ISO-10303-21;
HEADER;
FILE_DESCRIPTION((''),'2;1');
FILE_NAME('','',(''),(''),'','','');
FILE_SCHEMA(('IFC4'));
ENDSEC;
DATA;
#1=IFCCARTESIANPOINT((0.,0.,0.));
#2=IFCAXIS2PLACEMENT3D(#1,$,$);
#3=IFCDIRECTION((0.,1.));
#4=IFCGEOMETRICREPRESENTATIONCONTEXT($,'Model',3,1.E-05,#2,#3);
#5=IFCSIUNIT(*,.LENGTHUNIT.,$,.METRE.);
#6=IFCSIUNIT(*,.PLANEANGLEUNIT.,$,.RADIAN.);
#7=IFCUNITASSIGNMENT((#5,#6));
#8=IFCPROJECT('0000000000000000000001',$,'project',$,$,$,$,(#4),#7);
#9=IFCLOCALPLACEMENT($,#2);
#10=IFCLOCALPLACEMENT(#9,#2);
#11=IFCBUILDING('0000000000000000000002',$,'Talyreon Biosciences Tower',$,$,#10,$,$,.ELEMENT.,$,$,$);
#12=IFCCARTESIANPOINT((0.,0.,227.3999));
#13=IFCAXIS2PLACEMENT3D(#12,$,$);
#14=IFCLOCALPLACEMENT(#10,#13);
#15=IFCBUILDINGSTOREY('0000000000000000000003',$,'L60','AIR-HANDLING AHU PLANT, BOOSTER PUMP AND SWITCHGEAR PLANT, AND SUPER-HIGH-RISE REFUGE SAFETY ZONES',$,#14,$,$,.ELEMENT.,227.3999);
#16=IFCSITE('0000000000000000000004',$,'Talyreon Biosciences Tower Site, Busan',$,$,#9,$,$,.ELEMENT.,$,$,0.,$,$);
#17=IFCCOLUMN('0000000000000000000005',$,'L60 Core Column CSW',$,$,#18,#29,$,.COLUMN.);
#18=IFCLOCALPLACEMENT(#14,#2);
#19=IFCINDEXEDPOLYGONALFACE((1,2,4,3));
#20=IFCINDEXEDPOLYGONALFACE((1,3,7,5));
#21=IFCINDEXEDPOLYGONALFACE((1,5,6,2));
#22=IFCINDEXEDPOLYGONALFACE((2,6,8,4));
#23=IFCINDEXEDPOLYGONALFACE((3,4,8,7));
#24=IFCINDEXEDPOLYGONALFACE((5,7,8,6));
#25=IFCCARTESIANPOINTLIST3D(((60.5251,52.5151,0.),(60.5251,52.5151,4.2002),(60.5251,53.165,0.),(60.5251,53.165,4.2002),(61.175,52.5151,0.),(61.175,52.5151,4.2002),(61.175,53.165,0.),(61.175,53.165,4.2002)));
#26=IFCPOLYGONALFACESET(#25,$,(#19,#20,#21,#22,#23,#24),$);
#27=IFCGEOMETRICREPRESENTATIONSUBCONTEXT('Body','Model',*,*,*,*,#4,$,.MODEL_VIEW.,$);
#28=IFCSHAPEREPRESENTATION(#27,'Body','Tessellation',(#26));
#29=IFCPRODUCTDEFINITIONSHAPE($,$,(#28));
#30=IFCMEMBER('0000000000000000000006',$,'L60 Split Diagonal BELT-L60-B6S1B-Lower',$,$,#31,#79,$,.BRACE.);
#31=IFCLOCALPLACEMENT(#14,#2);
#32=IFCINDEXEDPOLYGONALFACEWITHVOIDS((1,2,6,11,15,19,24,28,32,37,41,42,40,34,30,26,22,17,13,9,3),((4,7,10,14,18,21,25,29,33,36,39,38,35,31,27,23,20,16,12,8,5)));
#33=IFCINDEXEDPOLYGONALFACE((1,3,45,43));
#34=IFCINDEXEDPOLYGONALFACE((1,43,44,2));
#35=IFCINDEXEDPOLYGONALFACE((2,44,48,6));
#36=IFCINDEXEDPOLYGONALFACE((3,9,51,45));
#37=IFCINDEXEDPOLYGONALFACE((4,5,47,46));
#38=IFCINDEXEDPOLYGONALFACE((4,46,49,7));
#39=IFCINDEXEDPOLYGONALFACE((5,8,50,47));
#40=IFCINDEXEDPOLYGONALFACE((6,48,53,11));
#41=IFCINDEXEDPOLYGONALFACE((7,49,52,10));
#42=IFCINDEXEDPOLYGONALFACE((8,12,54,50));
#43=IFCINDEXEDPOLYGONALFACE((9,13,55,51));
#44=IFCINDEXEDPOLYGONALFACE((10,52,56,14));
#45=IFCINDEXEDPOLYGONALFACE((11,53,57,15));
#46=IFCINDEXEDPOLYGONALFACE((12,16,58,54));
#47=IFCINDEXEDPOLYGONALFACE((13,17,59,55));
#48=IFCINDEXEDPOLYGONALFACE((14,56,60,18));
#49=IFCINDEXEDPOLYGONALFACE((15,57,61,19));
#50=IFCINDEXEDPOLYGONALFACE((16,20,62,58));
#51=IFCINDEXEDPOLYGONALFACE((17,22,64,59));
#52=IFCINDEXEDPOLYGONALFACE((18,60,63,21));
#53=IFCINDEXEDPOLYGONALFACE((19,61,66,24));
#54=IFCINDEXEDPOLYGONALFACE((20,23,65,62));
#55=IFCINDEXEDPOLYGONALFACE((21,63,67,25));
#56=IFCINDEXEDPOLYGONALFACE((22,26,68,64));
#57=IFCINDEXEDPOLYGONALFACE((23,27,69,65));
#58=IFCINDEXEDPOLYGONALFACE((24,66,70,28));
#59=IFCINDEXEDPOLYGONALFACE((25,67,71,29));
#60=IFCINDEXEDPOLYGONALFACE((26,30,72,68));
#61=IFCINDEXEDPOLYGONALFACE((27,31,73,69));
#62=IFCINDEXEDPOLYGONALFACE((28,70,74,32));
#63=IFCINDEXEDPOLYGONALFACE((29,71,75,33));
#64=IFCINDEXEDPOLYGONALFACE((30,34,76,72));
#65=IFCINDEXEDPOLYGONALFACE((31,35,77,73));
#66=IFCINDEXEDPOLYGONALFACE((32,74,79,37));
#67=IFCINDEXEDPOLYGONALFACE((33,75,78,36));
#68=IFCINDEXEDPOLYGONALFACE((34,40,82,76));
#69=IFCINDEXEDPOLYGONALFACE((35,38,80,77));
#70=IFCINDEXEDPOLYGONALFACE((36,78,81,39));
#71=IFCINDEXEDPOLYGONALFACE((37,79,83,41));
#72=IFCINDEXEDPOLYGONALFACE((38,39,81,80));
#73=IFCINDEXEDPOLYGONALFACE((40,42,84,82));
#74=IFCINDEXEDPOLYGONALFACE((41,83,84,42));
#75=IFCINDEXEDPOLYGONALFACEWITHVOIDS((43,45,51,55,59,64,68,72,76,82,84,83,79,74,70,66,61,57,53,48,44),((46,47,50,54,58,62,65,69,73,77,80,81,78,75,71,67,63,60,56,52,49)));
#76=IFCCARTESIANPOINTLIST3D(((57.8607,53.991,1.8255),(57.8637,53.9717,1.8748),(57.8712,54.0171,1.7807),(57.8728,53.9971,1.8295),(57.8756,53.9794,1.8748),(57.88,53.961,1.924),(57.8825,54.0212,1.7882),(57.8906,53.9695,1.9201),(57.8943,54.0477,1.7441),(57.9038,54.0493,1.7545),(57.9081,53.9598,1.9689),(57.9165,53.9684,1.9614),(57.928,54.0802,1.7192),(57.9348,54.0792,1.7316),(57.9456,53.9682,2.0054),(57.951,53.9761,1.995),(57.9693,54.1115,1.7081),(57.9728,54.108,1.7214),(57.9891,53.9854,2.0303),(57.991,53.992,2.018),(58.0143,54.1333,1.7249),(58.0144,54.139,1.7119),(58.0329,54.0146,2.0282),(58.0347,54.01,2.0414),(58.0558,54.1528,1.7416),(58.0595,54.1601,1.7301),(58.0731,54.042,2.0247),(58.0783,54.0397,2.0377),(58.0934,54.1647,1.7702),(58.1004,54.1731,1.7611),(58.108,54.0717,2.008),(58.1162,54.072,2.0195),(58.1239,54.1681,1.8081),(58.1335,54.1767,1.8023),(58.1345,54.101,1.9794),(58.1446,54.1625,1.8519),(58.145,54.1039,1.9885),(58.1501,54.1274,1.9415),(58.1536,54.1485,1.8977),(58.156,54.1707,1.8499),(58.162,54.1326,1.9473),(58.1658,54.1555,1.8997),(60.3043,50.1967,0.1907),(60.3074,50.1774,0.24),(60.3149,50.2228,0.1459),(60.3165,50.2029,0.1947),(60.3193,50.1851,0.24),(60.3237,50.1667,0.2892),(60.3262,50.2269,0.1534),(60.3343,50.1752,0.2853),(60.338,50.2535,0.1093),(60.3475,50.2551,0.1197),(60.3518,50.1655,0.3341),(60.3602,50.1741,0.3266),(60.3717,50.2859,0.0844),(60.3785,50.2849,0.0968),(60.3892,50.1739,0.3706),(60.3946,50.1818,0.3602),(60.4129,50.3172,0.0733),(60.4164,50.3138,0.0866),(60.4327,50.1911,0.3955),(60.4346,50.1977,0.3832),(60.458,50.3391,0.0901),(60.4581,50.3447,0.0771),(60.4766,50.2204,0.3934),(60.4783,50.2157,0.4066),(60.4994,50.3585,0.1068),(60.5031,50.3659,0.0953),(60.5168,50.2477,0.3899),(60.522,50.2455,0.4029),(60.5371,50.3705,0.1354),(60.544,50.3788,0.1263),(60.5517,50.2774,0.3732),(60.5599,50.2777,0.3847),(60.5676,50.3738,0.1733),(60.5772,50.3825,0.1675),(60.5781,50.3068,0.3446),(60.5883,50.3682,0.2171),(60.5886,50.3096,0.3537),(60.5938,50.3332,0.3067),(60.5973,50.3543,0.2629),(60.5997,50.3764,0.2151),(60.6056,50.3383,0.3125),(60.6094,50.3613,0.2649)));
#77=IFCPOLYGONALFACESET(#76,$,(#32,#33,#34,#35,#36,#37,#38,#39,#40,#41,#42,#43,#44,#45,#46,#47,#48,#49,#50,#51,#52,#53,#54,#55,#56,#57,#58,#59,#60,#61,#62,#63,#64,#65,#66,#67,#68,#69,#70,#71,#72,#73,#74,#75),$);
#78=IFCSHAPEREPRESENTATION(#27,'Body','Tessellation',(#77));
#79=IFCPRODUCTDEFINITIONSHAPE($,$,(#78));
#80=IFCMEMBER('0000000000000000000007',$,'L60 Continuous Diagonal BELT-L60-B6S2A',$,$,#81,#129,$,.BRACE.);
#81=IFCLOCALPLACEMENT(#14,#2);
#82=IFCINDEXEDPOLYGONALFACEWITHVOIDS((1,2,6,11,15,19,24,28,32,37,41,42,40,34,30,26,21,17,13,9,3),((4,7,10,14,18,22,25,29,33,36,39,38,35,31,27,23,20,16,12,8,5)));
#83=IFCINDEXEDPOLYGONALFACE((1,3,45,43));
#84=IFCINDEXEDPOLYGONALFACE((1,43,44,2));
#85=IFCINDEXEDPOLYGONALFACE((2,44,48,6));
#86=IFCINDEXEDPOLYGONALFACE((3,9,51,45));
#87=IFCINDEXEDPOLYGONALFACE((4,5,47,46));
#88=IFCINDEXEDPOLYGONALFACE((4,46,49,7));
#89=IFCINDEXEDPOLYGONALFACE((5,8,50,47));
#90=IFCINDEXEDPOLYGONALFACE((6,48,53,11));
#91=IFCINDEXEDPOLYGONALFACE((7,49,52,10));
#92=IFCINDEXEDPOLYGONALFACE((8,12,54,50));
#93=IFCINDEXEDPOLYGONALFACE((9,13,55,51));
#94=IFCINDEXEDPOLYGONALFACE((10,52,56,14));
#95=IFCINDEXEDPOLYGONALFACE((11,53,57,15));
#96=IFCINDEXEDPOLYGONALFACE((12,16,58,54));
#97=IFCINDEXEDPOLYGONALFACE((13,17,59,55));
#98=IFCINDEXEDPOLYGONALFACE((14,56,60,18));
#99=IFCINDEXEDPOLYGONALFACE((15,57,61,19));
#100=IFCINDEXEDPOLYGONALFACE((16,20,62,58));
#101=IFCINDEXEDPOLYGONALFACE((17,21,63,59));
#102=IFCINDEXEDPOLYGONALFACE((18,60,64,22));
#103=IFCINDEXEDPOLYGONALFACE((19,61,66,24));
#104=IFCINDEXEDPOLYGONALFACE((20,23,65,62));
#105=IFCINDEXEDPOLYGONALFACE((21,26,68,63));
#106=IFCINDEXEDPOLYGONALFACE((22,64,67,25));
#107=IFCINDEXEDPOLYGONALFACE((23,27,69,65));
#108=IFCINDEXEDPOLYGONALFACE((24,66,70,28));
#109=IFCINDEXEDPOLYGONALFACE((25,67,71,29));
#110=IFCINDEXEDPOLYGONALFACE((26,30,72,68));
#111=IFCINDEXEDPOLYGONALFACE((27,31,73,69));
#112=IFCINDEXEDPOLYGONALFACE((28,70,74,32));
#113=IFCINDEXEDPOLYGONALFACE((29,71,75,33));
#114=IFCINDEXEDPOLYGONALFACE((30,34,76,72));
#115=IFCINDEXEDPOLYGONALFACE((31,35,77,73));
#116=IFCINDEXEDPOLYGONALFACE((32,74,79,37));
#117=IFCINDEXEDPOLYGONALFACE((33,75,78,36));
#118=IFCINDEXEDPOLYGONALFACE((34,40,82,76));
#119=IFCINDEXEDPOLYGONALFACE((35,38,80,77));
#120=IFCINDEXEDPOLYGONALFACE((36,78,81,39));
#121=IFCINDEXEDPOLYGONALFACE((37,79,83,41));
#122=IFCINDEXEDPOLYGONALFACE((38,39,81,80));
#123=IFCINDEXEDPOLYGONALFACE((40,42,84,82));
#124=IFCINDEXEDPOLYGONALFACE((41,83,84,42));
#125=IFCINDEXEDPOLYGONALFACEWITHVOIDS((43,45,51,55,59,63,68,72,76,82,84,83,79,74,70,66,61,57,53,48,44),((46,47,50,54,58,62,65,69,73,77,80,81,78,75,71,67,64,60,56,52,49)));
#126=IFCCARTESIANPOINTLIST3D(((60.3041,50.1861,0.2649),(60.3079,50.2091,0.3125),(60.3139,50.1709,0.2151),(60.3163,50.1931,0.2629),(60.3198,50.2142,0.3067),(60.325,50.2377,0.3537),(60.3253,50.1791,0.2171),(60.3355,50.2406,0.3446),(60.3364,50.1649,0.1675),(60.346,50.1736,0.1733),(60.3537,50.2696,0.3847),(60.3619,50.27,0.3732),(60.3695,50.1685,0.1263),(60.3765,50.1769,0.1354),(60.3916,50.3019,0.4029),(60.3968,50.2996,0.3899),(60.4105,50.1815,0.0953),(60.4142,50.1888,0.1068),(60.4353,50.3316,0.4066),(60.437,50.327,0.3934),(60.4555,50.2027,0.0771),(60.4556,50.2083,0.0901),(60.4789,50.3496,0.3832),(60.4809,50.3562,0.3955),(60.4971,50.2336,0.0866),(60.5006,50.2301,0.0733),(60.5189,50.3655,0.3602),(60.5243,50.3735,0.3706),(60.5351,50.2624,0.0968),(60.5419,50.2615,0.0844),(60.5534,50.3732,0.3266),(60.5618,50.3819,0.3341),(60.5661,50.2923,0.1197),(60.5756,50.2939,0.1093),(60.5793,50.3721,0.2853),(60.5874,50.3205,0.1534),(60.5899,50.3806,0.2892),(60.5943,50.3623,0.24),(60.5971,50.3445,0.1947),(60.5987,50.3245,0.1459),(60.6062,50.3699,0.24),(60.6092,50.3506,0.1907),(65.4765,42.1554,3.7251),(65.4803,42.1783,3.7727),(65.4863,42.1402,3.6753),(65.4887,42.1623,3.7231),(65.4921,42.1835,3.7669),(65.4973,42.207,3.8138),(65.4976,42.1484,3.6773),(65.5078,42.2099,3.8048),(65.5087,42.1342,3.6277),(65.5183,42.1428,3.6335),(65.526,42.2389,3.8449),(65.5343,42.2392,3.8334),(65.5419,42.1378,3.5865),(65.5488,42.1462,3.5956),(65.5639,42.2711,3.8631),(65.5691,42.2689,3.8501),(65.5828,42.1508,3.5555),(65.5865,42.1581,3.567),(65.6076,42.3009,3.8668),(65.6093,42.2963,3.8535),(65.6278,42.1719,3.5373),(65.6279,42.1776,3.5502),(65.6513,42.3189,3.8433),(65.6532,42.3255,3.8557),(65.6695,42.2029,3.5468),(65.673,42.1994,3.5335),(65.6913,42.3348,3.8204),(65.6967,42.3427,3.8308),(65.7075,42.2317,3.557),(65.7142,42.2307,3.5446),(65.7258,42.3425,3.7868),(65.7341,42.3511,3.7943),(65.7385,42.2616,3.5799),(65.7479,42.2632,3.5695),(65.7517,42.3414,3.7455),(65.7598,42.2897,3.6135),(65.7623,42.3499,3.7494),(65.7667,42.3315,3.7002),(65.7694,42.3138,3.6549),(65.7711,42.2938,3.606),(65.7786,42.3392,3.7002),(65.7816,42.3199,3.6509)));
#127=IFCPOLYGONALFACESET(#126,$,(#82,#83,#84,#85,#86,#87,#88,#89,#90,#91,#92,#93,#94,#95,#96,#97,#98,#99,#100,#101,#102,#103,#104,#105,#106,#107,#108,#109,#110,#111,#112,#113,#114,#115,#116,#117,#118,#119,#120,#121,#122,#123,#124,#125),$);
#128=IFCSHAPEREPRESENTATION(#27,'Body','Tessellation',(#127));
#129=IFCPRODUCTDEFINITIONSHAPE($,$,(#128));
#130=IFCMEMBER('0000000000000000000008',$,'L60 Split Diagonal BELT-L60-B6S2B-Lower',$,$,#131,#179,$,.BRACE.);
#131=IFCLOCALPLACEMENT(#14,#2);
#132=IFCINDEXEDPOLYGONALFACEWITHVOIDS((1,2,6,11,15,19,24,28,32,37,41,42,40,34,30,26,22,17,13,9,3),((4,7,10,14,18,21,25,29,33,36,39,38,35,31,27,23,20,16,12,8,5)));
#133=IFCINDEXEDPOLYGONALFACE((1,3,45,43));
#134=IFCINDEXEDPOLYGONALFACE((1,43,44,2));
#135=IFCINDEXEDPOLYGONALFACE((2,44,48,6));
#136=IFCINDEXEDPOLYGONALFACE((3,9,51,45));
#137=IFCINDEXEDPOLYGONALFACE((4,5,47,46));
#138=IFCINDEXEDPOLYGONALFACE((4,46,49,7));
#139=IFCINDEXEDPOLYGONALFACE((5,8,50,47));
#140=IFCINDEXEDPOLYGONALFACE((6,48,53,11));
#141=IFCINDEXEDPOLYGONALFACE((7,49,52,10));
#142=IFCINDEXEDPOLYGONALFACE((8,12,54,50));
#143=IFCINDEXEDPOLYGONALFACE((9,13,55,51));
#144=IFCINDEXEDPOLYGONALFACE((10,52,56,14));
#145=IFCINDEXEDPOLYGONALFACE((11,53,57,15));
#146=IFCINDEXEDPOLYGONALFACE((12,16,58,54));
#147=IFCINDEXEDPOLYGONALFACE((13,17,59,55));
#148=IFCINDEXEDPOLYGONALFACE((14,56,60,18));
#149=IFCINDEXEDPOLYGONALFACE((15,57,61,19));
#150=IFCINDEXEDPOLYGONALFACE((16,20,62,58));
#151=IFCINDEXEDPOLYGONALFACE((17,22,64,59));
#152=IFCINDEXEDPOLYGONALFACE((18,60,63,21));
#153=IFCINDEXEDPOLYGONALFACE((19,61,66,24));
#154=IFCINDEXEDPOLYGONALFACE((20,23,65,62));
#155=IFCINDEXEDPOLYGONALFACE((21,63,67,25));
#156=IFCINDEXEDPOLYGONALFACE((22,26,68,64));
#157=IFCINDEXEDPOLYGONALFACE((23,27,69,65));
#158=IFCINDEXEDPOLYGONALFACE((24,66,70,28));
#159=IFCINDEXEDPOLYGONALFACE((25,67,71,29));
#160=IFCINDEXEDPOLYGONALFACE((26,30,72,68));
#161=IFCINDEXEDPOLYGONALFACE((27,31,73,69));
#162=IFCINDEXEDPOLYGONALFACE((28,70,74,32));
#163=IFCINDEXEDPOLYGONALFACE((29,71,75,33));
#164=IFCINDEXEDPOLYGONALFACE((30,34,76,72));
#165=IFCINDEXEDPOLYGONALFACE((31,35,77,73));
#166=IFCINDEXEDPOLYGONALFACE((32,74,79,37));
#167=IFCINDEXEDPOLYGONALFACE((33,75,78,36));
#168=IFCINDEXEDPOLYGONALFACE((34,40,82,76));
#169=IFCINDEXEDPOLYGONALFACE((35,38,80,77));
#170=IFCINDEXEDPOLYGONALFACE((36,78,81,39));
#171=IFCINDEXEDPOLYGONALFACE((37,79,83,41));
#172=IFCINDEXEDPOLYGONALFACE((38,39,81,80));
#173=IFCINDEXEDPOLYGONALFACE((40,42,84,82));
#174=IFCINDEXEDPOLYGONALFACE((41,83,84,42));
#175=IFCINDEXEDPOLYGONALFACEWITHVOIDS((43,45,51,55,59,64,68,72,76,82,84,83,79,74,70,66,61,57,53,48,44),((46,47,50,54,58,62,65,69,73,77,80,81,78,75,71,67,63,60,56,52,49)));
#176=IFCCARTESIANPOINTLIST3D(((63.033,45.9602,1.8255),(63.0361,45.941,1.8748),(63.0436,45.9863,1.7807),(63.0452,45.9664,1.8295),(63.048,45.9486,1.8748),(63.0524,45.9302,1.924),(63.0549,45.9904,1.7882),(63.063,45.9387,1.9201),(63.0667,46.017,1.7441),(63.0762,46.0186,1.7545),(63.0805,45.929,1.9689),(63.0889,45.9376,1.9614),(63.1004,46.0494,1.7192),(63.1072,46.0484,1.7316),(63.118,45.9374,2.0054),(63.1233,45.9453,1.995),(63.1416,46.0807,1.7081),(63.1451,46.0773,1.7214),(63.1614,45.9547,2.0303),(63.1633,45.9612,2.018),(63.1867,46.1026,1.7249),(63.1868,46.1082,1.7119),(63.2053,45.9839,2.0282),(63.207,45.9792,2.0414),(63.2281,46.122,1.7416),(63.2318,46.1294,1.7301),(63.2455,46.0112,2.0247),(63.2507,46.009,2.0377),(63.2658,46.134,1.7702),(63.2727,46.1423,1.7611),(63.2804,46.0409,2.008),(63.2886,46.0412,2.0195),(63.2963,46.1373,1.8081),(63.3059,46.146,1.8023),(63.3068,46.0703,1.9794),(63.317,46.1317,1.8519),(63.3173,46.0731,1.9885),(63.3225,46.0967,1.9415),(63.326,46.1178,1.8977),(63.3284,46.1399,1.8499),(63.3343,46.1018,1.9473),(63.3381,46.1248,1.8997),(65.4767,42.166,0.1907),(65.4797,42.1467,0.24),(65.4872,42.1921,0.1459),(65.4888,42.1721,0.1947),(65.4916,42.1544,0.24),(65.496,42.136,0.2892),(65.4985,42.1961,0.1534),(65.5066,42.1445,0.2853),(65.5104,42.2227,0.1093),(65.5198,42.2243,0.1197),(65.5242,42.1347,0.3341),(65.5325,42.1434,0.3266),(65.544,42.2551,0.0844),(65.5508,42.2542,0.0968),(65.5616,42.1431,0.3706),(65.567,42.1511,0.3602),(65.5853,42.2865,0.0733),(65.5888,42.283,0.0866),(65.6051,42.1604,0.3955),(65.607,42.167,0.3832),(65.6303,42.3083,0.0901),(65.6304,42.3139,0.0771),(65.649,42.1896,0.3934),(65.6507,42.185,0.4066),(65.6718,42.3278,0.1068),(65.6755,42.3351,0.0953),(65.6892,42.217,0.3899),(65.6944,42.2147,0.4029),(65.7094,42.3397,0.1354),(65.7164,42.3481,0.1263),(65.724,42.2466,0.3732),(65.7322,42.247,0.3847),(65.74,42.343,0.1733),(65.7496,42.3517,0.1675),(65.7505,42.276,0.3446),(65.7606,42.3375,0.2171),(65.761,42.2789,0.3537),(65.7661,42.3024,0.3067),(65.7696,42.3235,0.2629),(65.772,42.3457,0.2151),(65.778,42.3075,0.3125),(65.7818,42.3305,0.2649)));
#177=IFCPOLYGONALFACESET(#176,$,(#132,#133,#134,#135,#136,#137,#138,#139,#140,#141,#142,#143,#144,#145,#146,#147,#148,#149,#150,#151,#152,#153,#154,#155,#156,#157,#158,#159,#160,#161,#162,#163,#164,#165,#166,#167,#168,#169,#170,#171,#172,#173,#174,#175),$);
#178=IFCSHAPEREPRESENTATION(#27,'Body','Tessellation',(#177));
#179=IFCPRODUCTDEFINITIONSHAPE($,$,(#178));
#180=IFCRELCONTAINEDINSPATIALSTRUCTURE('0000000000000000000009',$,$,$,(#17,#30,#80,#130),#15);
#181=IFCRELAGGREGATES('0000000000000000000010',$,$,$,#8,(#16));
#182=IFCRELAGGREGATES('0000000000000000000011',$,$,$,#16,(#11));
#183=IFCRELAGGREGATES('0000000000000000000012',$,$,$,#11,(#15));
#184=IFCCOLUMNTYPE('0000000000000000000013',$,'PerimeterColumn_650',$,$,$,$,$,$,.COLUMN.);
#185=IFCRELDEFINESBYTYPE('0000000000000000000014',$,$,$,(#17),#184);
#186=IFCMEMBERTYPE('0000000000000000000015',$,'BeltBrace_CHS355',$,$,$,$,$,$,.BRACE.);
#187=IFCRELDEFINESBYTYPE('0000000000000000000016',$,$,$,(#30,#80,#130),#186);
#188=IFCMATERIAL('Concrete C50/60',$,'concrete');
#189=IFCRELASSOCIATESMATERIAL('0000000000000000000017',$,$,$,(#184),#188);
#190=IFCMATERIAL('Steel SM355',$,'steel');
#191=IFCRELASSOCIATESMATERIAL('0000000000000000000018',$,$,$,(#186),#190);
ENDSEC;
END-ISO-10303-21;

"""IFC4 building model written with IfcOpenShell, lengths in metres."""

from ifc_helpers import new_model, si_unit, direction, frame, origin, origin_2d, place, context, subcontext, project, spatial, rectangle, hollow_circle, extrude, material, material_profile, profile_set, type_object, element, save


model = new_model("IFC4")

# Units and contexts
model_context = context("Model", 3, precision=1e-05, world=origin(), true_north=direction((0.0, 1.0)))
body_context = subcontext(model_context, "Body", "Model", "MODEL_VIEW")
ifc_project = project(units=[si_unit("LENGTHUNIT", "METRE"), si_unit("PLANEANGLEUNIT", "RADIAN")], contexts=[model_context])

# Site, building, storey
site_placement = place(None, origin())
site = spatial("IfcSite", under=ifc_project, at=site_placement, Name="Talyreon Biosciences Tower Site, Busan", CompositionType="ELEMENT", RefElevation=0.0)
building_placement = place(site_placement, origin())
building = spatial("IfcBuilding", under=site, at=building_placement, Name="Talyreon Biosciences Tower", CompositionType="ELEMENT")
storey_placement = place(building_placement, frame((0.0, 0.0, 227.3999)))
storey = spatial("IfcBuildingStorey", under=building, at=storey_placement, Name="L60", Description="AIR-HANDLING AHU PLANT, BOOSTER PUMP AND SWITCHGEAR PLANT, AND SUPER-HIGH-RISE REFUGE SAFETY ZONES", CompositionType="ELEMENT", Elevation=227.3999)

# Column
ifc_material_1 = material(Name="Concrete C50/60", Category="concrete")
ifc_material_profile_1 = material_profile(ifc_material_1, rectangle(XDim=0.6499, YDim=0.6499, at=origin_2d()), Name="RC 650x650")
ifc_profile_set_1 = profile_set([ifc_material_profile_1], Name="Concrete C50/60")
column_type = type_object("IfcColumnType", Name="PerimeterColumn_650", PredefinedType="COLUMN", material=ifc_profile_set_1)
column_placement = place(storey_placement, frame((60.8501, 52.8401, 0.0), z_axis=(0.0, 0.0, 1.0), x_axis=(1.0, 0.0, 0.0)))
element("IfcColumn", 1, at=column_placement, inside=storey, type_object=column_type, Name="L60 Core Column CSW", PredefinedType="COLUMN", context=body_context, shape_type="SweptSolid", body=[
    extrude(rectangle(XDim=0.6499, YDim=0.6499, at=origin_2d()), origin(), (0.0, 0.0, 1.0), 4.2002),
])

# Members
ifc_material_2 = material(Name="Steel SM355", Category="steel")
ifc_material_profile_2 = material_profile(ifc_material_2, hollow_circle(Radius=0.1777, WallThickness=0.0142, at=origin_2d()), Name="CHS 355.6x14.2")
ifc_profile_set_2 = profile_set([ifc_material_profile_2], Name="Steel SM355")
member_type_1 = type_object("IfcMemberType", Name="BeltBrace_CHS355", PredefinedType="BRACE", material=ifc_profile_set_2)
member_1_placement = place(storey_placement, frame((60.4568, 50.2737, 0.24), z_axis=(-0.509089, 0.790464, 0.34058), x_axis=(-0.840726, -0.54146, 0.0)))
element("IfcMember", 2, at=member_1_placement, inside=storey, type_object=member_type_1, Name="L60 Split Diagonal BELT-L60-B6S1B-Lower", PredefinedType="BRACE", context=body_context, shape_type="SweptSolid", body=[
    extrude(hollow_circle(Radius=0.1777, WallThickness=0.0142, at=origin_2d()), origin(), (0.0, 0.0, 1.0), 4.8),
])
member_2_placement = place(storey_placement, frame((60.4568, 50.2737, 0.24), z_axis=(0.509106, -0.790453, 0.340581), x_axis=(0.840715, 0.541478, 0.0)))
element("IfcMember", 3, at=member_2_placement, inside=storey, type_object=member_type_1, Name="L60 Continuous Diagonal BELT-L60-B6S2A", PredefinedType="BRACE", context=body_context, shape_type="SweptSolid", body=[
    extrude(hollow_circle(Radius=0.1777, WallThickness=0.0142, at=origin_2d()), origin(), (0.0, 0.0, 1.0), 10.1597),
])
for number, where, z_axis, x_axis, name in (
    (4, (65.6292, 42.2429, 0.24), (-0.509089, 0.790464, 0.34058), (-0.840726, -0.54146, 0.0), "L60 Split Diagonal BELT-L60-B6S2B-Lower"),
):
    element("IfcMember", number, at=place(storey_placement, frame(where, z_axis=z_axis, x_axis=x_axis)), inside=storey, type_object=member_type_1, Name=name, PredefinedType="BRACE", context=body_context, shape_type="SweptSolid", body=[
        extrude(hollow_circle(Radius=0.1777, WallThickness=0.0142, at=origin_2d()), origin(), (0.0, 0.0, 1.0), 4.8),
    ])

save(model, "model.ifc")
